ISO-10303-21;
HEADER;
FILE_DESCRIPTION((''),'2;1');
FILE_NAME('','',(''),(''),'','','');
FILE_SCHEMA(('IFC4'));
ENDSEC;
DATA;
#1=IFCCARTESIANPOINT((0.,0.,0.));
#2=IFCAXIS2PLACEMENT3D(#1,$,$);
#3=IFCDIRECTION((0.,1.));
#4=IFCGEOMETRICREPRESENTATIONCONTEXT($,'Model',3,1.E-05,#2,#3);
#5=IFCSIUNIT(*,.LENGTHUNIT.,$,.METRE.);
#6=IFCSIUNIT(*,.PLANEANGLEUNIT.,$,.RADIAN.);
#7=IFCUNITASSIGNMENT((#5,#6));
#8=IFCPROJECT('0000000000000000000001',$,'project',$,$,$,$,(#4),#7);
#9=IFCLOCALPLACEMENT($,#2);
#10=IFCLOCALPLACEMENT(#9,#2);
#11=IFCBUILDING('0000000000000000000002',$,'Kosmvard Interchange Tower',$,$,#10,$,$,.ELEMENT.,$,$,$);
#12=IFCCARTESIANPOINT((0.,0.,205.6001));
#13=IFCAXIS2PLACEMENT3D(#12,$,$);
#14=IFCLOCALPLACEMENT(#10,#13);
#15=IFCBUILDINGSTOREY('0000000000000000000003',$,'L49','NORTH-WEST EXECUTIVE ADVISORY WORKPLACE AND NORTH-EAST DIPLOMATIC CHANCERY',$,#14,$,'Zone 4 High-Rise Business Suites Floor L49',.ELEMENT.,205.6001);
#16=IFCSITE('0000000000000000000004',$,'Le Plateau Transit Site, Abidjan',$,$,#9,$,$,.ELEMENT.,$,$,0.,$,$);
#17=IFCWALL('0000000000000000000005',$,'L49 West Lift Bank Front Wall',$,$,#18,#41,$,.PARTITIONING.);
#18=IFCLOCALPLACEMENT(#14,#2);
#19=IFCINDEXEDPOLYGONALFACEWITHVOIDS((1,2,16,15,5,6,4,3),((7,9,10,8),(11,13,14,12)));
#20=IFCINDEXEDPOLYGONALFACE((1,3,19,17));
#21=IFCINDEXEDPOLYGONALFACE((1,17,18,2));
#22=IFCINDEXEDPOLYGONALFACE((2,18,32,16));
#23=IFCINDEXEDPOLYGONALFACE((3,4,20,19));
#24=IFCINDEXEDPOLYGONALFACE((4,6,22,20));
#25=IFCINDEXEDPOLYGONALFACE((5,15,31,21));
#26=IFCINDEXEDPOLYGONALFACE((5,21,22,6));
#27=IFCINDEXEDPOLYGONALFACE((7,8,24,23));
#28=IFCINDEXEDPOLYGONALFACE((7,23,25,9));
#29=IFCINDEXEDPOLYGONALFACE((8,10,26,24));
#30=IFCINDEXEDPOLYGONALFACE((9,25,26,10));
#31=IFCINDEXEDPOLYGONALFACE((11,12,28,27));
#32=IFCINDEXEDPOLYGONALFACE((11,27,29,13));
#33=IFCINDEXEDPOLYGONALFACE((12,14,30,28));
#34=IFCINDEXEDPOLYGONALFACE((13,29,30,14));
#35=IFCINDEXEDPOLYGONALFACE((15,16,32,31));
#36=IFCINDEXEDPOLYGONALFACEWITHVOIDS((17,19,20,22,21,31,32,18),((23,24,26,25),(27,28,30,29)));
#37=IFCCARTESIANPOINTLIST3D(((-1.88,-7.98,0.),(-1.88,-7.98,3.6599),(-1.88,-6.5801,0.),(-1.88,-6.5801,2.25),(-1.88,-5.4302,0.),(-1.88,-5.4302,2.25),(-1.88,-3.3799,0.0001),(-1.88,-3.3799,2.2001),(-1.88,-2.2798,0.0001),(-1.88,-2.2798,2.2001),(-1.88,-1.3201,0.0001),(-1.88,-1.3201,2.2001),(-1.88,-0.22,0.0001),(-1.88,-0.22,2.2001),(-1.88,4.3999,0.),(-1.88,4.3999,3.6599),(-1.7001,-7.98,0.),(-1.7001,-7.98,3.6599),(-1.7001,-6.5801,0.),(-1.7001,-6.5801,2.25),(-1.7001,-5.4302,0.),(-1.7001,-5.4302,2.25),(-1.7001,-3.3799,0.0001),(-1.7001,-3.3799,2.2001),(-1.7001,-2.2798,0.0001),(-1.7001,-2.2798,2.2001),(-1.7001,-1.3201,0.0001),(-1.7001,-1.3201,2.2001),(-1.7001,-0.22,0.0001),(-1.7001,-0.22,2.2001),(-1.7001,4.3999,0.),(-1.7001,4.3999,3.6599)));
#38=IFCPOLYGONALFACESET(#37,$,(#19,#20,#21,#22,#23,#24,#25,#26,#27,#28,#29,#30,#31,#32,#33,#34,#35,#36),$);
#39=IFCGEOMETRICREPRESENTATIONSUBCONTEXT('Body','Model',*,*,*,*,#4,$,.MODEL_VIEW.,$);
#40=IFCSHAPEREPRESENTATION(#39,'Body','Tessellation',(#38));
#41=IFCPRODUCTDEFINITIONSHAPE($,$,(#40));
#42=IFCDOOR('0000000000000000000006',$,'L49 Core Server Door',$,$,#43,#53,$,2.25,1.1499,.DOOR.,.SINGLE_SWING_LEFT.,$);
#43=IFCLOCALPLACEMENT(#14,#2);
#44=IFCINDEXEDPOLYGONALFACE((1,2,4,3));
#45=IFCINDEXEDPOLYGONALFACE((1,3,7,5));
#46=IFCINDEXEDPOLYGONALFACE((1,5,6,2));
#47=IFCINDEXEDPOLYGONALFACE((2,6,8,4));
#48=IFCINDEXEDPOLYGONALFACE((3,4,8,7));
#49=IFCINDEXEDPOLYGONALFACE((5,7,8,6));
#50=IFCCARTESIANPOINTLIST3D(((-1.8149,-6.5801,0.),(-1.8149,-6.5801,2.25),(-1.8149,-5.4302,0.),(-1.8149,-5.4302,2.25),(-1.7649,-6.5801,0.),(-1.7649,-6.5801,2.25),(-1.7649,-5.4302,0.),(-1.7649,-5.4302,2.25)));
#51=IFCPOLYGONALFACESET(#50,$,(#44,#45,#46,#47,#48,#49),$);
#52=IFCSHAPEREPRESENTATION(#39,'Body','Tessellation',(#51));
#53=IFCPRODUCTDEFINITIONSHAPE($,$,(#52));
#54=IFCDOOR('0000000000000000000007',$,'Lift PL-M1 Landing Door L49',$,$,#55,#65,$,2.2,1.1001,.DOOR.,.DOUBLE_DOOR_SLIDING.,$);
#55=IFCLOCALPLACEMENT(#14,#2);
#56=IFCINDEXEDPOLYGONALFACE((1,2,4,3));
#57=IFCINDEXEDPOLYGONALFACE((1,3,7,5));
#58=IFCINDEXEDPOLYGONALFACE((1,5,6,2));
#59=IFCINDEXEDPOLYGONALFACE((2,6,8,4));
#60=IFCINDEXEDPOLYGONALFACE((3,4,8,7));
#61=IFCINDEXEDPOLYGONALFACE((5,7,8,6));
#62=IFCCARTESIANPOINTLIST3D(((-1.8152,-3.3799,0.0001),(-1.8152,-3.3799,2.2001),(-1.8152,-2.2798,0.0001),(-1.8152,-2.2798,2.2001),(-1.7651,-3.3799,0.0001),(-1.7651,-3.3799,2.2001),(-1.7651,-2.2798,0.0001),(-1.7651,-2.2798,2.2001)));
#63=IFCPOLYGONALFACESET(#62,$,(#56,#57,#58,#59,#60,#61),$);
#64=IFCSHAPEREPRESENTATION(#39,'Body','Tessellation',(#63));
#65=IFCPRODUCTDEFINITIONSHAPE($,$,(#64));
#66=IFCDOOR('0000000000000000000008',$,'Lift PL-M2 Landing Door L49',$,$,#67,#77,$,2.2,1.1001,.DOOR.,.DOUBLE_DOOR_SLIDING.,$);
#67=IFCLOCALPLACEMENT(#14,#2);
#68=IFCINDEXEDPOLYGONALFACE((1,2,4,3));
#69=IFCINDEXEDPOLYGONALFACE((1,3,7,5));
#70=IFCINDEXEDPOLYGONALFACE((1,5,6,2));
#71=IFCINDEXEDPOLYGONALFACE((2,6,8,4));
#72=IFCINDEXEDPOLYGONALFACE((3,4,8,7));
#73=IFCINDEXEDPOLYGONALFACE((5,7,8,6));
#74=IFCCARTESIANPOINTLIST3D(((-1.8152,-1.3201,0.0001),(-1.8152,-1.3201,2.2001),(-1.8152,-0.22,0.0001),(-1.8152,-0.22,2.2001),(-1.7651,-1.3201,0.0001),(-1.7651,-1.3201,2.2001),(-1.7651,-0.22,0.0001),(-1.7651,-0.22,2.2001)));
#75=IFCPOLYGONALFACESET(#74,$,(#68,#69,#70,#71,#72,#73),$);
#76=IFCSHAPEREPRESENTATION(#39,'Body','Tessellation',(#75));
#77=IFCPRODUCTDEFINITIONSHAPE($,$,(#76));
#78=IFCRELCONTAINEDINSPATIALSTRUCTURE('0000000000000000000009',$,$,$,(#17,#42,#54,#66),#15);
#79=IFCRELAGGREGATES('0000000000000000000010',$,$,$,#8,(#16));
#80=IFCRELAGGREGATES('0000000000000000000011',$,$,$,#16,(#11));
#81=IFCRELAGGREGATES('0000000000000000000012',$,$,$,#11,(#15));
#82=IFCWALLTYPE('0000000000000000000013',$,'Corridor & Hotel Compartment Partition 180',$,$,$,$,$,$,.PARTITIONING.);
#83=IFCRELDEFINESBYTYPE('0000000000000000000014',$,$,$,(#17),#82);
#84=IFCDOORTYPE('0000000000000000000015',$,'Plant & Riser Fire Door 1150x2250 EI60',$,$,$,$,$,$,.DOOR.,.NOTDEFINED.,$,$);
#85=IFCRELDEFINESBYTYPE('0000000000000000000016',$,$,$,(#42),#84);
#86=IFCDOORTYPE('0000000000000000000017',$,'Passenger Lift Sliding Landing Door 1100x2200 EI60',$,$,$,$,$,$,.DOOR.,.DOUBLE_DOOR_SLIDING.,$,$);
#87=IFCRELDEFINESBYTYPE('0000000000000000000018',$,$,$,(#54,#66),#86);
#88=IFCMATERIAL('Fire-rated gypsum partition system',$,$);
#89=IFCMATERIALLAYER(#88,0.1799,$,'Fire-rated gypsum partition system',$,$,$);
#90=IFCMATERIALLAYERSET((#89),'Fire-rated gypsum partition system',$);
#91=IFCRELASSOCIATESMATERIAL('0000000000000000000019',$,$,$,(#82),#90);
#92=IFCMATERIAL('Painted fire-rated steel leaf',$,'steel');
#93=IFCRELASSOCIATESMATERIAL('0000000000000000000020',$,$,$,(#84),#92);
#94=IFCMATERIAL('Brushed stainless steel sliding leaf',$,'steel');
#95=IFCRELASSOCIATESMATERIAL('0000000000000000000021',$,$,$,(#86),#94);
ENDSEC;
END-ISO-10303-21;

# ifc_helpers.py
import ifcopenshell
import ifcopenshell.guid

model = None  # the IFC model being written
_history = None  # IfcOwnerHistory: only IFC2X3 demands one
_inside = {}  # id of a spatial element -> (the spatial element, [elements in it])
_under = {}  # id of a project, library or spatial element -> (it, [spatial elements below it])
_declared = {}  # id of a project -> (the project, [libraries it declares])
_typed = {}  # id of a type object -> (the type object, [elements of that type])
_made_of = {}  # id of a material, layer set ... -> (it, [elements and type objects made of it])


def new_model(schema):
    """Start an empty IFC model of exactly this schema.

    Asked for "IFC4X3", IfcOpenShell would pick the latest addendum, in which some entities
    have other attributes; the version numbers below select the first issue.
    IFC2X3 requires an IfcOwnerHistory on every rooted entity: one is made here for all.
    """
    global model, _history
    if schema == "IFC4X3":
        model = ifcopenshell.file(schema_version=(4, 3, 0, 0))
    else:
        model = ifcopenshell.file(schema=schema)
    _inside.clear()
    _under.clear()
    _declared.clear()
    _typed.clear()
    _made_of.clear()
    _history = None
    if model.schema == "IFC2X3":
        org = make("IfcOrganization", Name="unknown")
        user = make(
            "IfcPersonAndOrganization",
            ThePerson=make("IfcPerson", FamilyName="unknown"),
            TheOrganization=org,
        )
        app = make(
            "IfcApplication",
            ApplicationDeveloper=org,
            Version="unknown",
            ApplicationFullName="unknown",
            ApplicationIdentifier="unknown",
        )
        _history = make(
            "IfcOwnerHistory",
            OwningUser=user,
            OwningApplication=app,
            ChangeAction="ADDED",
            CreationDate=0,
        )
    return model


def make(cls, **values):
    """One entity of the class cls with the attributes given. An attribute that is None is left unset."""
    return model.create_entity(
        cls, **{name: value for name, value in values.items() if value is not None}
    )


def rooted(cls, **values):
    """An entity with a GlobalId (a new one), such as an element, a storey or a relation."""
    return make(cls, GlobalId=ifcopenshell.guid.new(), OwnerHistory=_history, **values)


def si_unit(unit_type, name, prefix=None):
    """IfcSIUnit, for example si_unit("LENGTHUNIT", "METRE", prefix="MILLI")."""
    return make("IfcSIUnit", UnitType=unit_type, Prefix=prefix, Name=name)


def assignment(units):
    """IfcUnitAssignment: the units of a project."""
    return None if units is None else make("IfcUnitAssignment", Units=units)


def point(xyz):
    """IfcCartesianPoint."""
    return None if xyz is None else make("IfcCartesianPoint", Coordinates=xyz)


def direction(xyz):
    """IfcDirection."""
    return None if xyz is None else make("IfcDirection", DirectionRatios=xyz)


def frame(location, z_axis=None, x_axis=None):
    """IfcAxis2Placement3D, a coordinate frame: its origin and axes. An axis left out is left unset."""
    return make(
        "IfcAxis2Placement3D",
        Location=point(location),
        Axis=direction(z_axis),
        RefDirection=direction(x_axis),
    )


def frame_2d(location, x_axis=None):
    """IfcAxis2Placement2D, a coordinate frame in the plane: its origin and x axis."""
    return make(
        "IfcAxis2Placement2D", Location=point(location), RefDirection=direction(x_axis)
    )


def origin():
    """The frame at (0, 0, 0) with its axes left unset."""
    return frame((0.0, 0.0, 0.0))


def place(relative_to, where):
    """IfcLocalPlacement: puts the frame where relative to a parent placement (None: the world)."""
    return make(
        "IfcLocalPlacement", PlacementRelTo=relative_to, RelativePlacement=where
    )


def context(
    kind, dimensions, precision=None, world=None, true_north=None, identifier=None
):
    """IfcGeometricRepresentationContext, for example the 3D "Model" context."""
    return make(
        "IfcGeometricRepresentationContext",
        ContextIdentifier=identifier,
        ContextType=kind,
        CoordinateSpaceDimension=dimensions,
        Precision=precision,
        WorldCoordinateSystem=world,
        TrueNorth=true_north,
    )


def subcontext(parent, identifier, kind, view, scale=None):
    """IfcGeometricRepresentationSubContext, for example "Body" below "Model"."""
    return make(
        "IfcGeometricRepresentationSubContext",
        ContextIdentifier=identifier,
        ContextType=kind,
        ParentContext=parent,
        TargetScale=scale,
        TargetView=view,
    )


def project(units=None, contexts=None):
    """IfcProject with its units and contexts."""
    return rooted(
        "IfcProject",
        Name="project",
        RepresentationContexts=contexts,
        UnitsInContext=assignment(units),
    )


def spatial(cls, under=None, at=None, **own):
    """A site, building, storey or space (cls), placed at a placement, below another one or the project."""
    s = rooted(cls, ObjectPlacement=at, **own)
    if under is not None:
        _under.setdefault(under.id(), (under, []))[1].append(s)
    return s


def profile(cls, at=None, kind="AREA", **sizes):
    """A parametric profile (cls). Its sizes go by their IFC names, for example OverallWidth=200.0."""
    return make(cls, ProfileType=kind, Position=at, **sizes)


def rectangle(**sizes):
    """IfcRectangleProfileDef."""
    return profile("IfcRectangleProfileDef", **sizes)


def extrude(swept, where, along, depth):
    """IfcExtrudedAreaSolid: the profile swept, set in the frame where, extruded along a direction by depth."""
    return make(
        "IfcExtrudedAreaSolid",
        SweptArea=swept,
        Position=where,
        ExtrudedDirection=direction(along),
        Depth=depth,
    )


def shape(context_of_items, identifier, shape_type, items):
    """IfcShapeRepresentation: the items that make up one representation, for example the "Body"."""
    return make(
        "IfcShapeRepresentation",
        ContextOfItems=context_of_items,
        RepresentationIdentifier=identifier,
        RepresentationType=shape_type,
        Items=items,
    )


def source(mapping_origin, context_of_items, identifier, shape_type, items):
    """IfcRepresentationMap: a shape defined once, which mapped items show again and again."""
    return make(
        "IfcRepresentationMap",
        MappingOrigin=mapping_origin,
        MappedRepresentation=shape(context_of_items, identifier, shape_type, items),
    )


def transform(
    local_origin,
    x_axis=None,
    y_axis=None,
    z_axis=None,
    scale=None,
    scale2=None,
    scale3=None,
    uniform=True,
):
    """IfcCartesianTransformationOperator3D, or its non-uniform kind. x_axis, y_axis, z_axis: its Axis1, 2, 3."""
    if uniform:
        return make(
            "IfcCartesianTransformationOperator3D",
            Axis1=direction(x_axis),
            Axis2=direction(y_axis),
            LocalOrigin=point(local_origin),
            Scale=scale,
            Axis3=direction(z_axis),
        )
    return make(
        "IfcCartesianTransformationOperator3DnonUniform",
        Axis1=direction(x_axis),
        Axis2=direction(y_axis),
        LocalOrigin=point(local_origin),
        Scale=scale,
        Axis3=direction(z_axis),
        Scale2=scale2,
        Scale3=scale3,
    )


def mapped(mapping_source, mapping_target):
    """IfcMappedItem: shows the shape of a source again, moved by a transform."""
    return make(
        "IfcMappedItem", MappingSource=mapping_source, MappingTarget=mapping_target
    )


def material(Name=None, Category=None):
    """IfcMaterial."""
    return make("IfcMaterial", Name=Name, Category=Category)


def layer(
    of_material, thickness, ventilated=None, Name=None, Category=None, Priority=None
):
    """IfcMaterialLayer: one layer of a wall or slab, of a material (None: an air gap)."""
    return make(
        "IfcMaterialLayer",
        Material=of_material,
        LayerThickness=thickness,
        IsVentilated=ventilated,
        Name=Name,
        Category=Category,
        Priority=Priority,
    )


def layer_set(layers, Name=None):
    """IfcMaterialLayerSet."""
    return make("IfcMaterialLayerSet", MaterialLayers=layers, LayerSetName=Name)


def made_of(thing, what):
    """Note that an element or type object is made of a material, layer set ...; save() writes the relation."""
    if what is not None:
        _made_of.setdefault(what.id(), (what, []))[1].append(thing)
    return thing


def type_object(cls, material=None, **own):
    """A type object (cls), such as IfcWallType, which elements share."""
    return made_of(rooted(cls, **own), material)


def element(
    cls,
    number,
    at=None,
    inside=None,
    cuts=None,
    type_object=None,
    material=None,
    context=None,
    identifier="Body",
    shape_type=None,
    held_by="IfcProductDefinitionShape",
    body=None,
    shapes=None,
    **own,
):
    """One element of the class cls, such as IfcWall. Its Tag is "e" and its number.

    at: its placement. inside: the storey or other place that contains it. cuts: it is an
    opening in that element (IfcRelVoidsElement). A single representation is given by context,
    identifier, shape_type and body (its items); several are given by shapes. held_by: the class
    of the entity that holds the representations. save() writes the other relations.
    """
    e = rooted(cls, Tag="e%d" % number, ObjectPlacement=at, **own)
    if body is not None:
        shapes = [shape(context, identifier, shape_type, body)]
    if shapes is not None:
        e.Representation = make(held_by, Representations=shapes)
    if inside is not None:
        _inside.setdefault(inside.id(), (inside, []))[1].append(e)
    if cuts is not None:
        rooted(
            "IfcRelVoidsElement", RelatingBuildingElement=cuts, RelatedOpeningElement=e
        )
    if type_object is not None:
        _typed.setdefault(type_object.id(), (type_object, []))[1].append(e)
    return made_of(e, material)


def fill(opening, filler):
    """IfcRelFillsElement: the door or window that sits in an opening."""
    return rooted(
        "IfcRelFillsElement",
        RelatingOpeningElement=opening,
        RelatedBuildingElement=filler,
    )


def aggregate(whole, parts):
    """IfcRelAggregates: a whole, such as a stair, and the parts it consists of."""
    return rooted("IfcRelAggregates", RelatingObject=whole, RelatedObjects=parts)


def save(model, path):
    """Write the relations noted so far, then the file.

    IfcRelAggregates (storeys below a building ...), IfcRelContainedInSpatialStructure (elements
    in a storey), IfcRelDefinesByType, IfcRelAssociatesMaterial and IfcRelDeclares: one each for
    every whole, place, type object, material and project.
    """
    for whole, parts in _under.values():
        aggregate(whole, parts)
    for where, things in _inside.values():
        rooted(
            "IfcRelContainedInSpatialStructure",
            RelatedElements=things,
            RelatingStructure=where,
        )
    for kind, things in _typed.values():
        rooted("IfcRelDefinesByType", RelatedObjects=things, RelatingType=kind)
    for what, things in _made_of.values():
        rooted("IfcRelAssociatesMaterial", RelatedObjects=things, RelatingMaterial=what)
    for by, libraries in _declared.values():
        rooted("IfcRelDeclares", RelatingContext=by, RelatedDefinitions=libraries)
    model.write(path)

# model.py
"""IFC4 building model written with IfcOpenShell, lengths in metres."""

from ifc_helpers import new_model, si_unit, direction, frame, frame_2d, origin, place, context, subcontext, project, spatial, rectangle, extrude, source, transform, mapped, material, layer, layer_set, type_object, element, fill, save


model = new_model("IFC4")

# Units and contexts
model_context = context("Model", 3, precision=1e-05, world=origin(), true_north=direction((0.0, 1.0)))
body_context = subcontext(model_context, "Body", "Model", "MODEL_VIEW")
ifc_project = project(units=[si_unit("LENGTHUNIT", "METRE"), si_unit("PLANEANGLEUNIT", "RADIAN")], contexts=[model_context])

# Site, building, storey
site_placement = place(None, origin())
site = spatial("IfcSite", under=ifc_project, at=site_placement, Name="Le Plateau Transit Site, Abidjan", CompositionType="ELEMENT", RefElevation=0.0)
building_placement = place(site_placement, origin())
building = spatial("IfcBuilding", under=site, at=building_placement, Name="Kosmvard Interchange Tower", CompositionType="ELEMENT")
storey_placement = place(building_placement, frame((0.0, 0.0, 205.6001)))
storey = spatial("IfcBuildingStorey", under=building, at=storey_placement, Name="L49", Description="NORTH-WEST EXECUTIVE ADVISORY WORKPLACE AND NORTH-EAST DIPLOMATIC CHANCERY", LongName="Zone 4 High-Rise Business Suites Floor L49", CompositionType="ELEMENT", Elevation=205.6001)

# Wall, openings, doors
ifc_material_1 = material(Name="Fire-rated gypsum partition system")
ifc_layer_1 = layer(ifc_material_1, 0.1799, Name="Fire-rated gypsum partition system")
ifc_layer_set_1 = layer_set([ifc_layer_1], Name="Fire-rated gypsum partition system")
wall_type_1 = type_object("IfcWallType", Name="Corridor & Hotel Compartment Partition 180", PredefinedType="PARTITIONING", material=ifc_layer_set_1)
wall_1_placement = place(storey_placement, frame((-1.79, -7.98, 0.0), z_axis=(0.0, 0.0, 1.0), x_axis=(0.0, 1.0, 0.0)))
wall_1 = element("IfcWall", 1, at=wall_1_placement, inside=storey, type_object=wall_type_1, Name="L49 West Lift Bank Front Wall", PredefinedType="PARTITIONING", context=body_context, shape_type="SweptSolid", body=[
    extrude(rectangle(XDim=12.3799, YDim=0.1799, at=frame_2d((6.1899, 0.0))), origin(), (0.0, 0.0, 1.0), 3.6599),
])
opening_1_placement = place(wall_1_placement, frame((4.6001, 0.0, 0.0)))
opening_1 = element("IfcOpeningElement", 2, at=opening_1_placement, cuts=wall_1, PredefinedType="OPENING", context=body_context, shape_type="SweptSolid", body=[
    extrude(rectangle(XDim=1.1001, YDim=2.2, at=frame_2d((0.55, 1.1001))), frame((0.0, 0.1001, 0.0), z_axis=(0.0, -1.0, 0.0), x_axis=(1.0, 0.0, 0.0)), (0.0, 0.0, 1.0), 0.2),
])
opening_2_placement = place(wall_1_placement, frame((6.6599, 0.0, 0.0)))
opening_2 = element("IfcOpeningElement", 3, at=opening_2_placement, cuts=wall_1, PredefinedType="OPENING", context=body_context, shape_type="SweptSolid", body=[
    extrude(rectangle(XDim=1.1001, YDim=2.2, at=frame_2d((0.55, 1.1001))), frame((0.0, 0.1001, 0.0), z_axis=(0.0, -1.0, 0.0), x_axis=(1.0, 0.0, 0.0)), (0.0, 0.0, 1.0), 0.2),
])
opening_3_placement = place(wall_1_placement, frame((1.3999, 0.0, 0.0)))
opening_3 = element("IfcOpeningElement", 4, at=opening_3_placement, cuts=wall_1, PredefinedType="OPENING", context=body_context, shape_type="SweptSolid", body=[
    extrude(rectangle(XDim=1.1499, YDim=2.25, at=frame_2d((0.575, 1.125))), frame((0.0, 0.1001, 0.0), z_axis=(0.0, -1.0, 0.0), x_axis=(1.0, 0.0, 0.0)), (0.0, 0.0, 1.0), 0.2),
])
ifc_material_2 = material(Name="Painted fire-rated steel leaf", Category="steel")
door_type_1 = type_object("IfcDoorType", Name="Plant & Riser Fire Door 1150x2250 EI60", OperationType="NOTDEFINED", PredefinedType="DOOR", material=ifc_material_2)
shared_shape_1 = source(origin(), body_context, "Body", "SweptSolid", [
    extrude(rectangle(XDim=1.1499, YDim=2.25, at=frame_2d((0.575, 1.125))), frame((0.0, 0.0249, 0.0), z_axis=(0.0, -1.0, 0.0), x_axis=(1.0, 0.0, 0.0)), (0.0, 0.0, 1.0), 0.05),
])
door_1_placement = place(opening_3_placement, origin())
door_1 = element("IfcDoor", 5, at=door_1_placement, inside=storey, type_object=door_type_1, Name="L49 Core Server Door", OperationType="SINGLE_SWING_LEFT", OverallHeight=2.25, OverallWidth=1.1499, PredefinedType="DOOR", context=body_context, shape_type="MappedRepresentation", body=[
    mapped(shared_shape_1, transform((0.0, 0.0, 0.0), scale=1.0)),
])
fill(opening_3, door_1)
ifc_material_3 = material(Name="Brushed stainless steel sliding leaf", Category="steel")
door_type_2 = type_object("IfcDoorType", Name="Passenger Lift Sliding Landing Door 1100x2200 EI60", OperationType="DOUBLE_DOOR_SLIDING", PredefinedType="DOOR", material=ifc_material_3)
shared_shape_2 = source(origin(), body_context, "Body", "SweptSolid", [
    extrude(rectangle(XDim=1.1001, YDim=2.2, at=frame_2d((0.55, 1.1001))), frame((0.0, 0.0249, 0.0), z_axis=(0.0, -1.0, 0.0), x_axis=(1.0, 0.0, 0.0)), (0.0, 0.0, 1.0), 0.05),
])
door_2_placement = place(opening_1_placement, frame((1.1001, 0.0, 0.0), z_axis=(0.0, 0.0, 1.0), x_axis=(-1.0, 0.0, 0.0)))
door_2 = element("IfcDoor", 6, at=door_2_placement, inside=storey, type_object=door_type_2, Name="Lift PL-M1 Landing Door L49", OperationType="DOUBLE_DOOR_SLIDING", OverallHeight=2.2, OverallWidth=1.1001, PredefinedType="DOOR", context=body_context, shape_type="MappedRepresentation", body=[
    mapped(shared_shape_2, transform((0.0, 0.0, 0.0), scale=1.0)),
])
fill(opening_1, door_2)
door_3_placement = place(opening_2_placement, frame((1.1001, 0.0, 0.0), z_axis=(0.0, 0.0, 1.0), x_axis=(-1.0, 0.0, 0.0)))
door_3 = element("IfcDoor", 7, at=door_3_placement, inside=storey, type_object=door_type_2, Name="Lift PL-M2 Landing Door L49", OperationType="DOUBLE_DOOR_SLIDING", OverallHeight=2.2, OverallWidth=1.1001, PredefinedType="DOOR", context=body_context, shape_type="MappedRepresentation", body=[
    mapped(shared_shape_2, transform((0.0, 0.0, 0.0), scale=1.0)),
])
fill(opening_2, door_3)

save(model, "model.ifc")
